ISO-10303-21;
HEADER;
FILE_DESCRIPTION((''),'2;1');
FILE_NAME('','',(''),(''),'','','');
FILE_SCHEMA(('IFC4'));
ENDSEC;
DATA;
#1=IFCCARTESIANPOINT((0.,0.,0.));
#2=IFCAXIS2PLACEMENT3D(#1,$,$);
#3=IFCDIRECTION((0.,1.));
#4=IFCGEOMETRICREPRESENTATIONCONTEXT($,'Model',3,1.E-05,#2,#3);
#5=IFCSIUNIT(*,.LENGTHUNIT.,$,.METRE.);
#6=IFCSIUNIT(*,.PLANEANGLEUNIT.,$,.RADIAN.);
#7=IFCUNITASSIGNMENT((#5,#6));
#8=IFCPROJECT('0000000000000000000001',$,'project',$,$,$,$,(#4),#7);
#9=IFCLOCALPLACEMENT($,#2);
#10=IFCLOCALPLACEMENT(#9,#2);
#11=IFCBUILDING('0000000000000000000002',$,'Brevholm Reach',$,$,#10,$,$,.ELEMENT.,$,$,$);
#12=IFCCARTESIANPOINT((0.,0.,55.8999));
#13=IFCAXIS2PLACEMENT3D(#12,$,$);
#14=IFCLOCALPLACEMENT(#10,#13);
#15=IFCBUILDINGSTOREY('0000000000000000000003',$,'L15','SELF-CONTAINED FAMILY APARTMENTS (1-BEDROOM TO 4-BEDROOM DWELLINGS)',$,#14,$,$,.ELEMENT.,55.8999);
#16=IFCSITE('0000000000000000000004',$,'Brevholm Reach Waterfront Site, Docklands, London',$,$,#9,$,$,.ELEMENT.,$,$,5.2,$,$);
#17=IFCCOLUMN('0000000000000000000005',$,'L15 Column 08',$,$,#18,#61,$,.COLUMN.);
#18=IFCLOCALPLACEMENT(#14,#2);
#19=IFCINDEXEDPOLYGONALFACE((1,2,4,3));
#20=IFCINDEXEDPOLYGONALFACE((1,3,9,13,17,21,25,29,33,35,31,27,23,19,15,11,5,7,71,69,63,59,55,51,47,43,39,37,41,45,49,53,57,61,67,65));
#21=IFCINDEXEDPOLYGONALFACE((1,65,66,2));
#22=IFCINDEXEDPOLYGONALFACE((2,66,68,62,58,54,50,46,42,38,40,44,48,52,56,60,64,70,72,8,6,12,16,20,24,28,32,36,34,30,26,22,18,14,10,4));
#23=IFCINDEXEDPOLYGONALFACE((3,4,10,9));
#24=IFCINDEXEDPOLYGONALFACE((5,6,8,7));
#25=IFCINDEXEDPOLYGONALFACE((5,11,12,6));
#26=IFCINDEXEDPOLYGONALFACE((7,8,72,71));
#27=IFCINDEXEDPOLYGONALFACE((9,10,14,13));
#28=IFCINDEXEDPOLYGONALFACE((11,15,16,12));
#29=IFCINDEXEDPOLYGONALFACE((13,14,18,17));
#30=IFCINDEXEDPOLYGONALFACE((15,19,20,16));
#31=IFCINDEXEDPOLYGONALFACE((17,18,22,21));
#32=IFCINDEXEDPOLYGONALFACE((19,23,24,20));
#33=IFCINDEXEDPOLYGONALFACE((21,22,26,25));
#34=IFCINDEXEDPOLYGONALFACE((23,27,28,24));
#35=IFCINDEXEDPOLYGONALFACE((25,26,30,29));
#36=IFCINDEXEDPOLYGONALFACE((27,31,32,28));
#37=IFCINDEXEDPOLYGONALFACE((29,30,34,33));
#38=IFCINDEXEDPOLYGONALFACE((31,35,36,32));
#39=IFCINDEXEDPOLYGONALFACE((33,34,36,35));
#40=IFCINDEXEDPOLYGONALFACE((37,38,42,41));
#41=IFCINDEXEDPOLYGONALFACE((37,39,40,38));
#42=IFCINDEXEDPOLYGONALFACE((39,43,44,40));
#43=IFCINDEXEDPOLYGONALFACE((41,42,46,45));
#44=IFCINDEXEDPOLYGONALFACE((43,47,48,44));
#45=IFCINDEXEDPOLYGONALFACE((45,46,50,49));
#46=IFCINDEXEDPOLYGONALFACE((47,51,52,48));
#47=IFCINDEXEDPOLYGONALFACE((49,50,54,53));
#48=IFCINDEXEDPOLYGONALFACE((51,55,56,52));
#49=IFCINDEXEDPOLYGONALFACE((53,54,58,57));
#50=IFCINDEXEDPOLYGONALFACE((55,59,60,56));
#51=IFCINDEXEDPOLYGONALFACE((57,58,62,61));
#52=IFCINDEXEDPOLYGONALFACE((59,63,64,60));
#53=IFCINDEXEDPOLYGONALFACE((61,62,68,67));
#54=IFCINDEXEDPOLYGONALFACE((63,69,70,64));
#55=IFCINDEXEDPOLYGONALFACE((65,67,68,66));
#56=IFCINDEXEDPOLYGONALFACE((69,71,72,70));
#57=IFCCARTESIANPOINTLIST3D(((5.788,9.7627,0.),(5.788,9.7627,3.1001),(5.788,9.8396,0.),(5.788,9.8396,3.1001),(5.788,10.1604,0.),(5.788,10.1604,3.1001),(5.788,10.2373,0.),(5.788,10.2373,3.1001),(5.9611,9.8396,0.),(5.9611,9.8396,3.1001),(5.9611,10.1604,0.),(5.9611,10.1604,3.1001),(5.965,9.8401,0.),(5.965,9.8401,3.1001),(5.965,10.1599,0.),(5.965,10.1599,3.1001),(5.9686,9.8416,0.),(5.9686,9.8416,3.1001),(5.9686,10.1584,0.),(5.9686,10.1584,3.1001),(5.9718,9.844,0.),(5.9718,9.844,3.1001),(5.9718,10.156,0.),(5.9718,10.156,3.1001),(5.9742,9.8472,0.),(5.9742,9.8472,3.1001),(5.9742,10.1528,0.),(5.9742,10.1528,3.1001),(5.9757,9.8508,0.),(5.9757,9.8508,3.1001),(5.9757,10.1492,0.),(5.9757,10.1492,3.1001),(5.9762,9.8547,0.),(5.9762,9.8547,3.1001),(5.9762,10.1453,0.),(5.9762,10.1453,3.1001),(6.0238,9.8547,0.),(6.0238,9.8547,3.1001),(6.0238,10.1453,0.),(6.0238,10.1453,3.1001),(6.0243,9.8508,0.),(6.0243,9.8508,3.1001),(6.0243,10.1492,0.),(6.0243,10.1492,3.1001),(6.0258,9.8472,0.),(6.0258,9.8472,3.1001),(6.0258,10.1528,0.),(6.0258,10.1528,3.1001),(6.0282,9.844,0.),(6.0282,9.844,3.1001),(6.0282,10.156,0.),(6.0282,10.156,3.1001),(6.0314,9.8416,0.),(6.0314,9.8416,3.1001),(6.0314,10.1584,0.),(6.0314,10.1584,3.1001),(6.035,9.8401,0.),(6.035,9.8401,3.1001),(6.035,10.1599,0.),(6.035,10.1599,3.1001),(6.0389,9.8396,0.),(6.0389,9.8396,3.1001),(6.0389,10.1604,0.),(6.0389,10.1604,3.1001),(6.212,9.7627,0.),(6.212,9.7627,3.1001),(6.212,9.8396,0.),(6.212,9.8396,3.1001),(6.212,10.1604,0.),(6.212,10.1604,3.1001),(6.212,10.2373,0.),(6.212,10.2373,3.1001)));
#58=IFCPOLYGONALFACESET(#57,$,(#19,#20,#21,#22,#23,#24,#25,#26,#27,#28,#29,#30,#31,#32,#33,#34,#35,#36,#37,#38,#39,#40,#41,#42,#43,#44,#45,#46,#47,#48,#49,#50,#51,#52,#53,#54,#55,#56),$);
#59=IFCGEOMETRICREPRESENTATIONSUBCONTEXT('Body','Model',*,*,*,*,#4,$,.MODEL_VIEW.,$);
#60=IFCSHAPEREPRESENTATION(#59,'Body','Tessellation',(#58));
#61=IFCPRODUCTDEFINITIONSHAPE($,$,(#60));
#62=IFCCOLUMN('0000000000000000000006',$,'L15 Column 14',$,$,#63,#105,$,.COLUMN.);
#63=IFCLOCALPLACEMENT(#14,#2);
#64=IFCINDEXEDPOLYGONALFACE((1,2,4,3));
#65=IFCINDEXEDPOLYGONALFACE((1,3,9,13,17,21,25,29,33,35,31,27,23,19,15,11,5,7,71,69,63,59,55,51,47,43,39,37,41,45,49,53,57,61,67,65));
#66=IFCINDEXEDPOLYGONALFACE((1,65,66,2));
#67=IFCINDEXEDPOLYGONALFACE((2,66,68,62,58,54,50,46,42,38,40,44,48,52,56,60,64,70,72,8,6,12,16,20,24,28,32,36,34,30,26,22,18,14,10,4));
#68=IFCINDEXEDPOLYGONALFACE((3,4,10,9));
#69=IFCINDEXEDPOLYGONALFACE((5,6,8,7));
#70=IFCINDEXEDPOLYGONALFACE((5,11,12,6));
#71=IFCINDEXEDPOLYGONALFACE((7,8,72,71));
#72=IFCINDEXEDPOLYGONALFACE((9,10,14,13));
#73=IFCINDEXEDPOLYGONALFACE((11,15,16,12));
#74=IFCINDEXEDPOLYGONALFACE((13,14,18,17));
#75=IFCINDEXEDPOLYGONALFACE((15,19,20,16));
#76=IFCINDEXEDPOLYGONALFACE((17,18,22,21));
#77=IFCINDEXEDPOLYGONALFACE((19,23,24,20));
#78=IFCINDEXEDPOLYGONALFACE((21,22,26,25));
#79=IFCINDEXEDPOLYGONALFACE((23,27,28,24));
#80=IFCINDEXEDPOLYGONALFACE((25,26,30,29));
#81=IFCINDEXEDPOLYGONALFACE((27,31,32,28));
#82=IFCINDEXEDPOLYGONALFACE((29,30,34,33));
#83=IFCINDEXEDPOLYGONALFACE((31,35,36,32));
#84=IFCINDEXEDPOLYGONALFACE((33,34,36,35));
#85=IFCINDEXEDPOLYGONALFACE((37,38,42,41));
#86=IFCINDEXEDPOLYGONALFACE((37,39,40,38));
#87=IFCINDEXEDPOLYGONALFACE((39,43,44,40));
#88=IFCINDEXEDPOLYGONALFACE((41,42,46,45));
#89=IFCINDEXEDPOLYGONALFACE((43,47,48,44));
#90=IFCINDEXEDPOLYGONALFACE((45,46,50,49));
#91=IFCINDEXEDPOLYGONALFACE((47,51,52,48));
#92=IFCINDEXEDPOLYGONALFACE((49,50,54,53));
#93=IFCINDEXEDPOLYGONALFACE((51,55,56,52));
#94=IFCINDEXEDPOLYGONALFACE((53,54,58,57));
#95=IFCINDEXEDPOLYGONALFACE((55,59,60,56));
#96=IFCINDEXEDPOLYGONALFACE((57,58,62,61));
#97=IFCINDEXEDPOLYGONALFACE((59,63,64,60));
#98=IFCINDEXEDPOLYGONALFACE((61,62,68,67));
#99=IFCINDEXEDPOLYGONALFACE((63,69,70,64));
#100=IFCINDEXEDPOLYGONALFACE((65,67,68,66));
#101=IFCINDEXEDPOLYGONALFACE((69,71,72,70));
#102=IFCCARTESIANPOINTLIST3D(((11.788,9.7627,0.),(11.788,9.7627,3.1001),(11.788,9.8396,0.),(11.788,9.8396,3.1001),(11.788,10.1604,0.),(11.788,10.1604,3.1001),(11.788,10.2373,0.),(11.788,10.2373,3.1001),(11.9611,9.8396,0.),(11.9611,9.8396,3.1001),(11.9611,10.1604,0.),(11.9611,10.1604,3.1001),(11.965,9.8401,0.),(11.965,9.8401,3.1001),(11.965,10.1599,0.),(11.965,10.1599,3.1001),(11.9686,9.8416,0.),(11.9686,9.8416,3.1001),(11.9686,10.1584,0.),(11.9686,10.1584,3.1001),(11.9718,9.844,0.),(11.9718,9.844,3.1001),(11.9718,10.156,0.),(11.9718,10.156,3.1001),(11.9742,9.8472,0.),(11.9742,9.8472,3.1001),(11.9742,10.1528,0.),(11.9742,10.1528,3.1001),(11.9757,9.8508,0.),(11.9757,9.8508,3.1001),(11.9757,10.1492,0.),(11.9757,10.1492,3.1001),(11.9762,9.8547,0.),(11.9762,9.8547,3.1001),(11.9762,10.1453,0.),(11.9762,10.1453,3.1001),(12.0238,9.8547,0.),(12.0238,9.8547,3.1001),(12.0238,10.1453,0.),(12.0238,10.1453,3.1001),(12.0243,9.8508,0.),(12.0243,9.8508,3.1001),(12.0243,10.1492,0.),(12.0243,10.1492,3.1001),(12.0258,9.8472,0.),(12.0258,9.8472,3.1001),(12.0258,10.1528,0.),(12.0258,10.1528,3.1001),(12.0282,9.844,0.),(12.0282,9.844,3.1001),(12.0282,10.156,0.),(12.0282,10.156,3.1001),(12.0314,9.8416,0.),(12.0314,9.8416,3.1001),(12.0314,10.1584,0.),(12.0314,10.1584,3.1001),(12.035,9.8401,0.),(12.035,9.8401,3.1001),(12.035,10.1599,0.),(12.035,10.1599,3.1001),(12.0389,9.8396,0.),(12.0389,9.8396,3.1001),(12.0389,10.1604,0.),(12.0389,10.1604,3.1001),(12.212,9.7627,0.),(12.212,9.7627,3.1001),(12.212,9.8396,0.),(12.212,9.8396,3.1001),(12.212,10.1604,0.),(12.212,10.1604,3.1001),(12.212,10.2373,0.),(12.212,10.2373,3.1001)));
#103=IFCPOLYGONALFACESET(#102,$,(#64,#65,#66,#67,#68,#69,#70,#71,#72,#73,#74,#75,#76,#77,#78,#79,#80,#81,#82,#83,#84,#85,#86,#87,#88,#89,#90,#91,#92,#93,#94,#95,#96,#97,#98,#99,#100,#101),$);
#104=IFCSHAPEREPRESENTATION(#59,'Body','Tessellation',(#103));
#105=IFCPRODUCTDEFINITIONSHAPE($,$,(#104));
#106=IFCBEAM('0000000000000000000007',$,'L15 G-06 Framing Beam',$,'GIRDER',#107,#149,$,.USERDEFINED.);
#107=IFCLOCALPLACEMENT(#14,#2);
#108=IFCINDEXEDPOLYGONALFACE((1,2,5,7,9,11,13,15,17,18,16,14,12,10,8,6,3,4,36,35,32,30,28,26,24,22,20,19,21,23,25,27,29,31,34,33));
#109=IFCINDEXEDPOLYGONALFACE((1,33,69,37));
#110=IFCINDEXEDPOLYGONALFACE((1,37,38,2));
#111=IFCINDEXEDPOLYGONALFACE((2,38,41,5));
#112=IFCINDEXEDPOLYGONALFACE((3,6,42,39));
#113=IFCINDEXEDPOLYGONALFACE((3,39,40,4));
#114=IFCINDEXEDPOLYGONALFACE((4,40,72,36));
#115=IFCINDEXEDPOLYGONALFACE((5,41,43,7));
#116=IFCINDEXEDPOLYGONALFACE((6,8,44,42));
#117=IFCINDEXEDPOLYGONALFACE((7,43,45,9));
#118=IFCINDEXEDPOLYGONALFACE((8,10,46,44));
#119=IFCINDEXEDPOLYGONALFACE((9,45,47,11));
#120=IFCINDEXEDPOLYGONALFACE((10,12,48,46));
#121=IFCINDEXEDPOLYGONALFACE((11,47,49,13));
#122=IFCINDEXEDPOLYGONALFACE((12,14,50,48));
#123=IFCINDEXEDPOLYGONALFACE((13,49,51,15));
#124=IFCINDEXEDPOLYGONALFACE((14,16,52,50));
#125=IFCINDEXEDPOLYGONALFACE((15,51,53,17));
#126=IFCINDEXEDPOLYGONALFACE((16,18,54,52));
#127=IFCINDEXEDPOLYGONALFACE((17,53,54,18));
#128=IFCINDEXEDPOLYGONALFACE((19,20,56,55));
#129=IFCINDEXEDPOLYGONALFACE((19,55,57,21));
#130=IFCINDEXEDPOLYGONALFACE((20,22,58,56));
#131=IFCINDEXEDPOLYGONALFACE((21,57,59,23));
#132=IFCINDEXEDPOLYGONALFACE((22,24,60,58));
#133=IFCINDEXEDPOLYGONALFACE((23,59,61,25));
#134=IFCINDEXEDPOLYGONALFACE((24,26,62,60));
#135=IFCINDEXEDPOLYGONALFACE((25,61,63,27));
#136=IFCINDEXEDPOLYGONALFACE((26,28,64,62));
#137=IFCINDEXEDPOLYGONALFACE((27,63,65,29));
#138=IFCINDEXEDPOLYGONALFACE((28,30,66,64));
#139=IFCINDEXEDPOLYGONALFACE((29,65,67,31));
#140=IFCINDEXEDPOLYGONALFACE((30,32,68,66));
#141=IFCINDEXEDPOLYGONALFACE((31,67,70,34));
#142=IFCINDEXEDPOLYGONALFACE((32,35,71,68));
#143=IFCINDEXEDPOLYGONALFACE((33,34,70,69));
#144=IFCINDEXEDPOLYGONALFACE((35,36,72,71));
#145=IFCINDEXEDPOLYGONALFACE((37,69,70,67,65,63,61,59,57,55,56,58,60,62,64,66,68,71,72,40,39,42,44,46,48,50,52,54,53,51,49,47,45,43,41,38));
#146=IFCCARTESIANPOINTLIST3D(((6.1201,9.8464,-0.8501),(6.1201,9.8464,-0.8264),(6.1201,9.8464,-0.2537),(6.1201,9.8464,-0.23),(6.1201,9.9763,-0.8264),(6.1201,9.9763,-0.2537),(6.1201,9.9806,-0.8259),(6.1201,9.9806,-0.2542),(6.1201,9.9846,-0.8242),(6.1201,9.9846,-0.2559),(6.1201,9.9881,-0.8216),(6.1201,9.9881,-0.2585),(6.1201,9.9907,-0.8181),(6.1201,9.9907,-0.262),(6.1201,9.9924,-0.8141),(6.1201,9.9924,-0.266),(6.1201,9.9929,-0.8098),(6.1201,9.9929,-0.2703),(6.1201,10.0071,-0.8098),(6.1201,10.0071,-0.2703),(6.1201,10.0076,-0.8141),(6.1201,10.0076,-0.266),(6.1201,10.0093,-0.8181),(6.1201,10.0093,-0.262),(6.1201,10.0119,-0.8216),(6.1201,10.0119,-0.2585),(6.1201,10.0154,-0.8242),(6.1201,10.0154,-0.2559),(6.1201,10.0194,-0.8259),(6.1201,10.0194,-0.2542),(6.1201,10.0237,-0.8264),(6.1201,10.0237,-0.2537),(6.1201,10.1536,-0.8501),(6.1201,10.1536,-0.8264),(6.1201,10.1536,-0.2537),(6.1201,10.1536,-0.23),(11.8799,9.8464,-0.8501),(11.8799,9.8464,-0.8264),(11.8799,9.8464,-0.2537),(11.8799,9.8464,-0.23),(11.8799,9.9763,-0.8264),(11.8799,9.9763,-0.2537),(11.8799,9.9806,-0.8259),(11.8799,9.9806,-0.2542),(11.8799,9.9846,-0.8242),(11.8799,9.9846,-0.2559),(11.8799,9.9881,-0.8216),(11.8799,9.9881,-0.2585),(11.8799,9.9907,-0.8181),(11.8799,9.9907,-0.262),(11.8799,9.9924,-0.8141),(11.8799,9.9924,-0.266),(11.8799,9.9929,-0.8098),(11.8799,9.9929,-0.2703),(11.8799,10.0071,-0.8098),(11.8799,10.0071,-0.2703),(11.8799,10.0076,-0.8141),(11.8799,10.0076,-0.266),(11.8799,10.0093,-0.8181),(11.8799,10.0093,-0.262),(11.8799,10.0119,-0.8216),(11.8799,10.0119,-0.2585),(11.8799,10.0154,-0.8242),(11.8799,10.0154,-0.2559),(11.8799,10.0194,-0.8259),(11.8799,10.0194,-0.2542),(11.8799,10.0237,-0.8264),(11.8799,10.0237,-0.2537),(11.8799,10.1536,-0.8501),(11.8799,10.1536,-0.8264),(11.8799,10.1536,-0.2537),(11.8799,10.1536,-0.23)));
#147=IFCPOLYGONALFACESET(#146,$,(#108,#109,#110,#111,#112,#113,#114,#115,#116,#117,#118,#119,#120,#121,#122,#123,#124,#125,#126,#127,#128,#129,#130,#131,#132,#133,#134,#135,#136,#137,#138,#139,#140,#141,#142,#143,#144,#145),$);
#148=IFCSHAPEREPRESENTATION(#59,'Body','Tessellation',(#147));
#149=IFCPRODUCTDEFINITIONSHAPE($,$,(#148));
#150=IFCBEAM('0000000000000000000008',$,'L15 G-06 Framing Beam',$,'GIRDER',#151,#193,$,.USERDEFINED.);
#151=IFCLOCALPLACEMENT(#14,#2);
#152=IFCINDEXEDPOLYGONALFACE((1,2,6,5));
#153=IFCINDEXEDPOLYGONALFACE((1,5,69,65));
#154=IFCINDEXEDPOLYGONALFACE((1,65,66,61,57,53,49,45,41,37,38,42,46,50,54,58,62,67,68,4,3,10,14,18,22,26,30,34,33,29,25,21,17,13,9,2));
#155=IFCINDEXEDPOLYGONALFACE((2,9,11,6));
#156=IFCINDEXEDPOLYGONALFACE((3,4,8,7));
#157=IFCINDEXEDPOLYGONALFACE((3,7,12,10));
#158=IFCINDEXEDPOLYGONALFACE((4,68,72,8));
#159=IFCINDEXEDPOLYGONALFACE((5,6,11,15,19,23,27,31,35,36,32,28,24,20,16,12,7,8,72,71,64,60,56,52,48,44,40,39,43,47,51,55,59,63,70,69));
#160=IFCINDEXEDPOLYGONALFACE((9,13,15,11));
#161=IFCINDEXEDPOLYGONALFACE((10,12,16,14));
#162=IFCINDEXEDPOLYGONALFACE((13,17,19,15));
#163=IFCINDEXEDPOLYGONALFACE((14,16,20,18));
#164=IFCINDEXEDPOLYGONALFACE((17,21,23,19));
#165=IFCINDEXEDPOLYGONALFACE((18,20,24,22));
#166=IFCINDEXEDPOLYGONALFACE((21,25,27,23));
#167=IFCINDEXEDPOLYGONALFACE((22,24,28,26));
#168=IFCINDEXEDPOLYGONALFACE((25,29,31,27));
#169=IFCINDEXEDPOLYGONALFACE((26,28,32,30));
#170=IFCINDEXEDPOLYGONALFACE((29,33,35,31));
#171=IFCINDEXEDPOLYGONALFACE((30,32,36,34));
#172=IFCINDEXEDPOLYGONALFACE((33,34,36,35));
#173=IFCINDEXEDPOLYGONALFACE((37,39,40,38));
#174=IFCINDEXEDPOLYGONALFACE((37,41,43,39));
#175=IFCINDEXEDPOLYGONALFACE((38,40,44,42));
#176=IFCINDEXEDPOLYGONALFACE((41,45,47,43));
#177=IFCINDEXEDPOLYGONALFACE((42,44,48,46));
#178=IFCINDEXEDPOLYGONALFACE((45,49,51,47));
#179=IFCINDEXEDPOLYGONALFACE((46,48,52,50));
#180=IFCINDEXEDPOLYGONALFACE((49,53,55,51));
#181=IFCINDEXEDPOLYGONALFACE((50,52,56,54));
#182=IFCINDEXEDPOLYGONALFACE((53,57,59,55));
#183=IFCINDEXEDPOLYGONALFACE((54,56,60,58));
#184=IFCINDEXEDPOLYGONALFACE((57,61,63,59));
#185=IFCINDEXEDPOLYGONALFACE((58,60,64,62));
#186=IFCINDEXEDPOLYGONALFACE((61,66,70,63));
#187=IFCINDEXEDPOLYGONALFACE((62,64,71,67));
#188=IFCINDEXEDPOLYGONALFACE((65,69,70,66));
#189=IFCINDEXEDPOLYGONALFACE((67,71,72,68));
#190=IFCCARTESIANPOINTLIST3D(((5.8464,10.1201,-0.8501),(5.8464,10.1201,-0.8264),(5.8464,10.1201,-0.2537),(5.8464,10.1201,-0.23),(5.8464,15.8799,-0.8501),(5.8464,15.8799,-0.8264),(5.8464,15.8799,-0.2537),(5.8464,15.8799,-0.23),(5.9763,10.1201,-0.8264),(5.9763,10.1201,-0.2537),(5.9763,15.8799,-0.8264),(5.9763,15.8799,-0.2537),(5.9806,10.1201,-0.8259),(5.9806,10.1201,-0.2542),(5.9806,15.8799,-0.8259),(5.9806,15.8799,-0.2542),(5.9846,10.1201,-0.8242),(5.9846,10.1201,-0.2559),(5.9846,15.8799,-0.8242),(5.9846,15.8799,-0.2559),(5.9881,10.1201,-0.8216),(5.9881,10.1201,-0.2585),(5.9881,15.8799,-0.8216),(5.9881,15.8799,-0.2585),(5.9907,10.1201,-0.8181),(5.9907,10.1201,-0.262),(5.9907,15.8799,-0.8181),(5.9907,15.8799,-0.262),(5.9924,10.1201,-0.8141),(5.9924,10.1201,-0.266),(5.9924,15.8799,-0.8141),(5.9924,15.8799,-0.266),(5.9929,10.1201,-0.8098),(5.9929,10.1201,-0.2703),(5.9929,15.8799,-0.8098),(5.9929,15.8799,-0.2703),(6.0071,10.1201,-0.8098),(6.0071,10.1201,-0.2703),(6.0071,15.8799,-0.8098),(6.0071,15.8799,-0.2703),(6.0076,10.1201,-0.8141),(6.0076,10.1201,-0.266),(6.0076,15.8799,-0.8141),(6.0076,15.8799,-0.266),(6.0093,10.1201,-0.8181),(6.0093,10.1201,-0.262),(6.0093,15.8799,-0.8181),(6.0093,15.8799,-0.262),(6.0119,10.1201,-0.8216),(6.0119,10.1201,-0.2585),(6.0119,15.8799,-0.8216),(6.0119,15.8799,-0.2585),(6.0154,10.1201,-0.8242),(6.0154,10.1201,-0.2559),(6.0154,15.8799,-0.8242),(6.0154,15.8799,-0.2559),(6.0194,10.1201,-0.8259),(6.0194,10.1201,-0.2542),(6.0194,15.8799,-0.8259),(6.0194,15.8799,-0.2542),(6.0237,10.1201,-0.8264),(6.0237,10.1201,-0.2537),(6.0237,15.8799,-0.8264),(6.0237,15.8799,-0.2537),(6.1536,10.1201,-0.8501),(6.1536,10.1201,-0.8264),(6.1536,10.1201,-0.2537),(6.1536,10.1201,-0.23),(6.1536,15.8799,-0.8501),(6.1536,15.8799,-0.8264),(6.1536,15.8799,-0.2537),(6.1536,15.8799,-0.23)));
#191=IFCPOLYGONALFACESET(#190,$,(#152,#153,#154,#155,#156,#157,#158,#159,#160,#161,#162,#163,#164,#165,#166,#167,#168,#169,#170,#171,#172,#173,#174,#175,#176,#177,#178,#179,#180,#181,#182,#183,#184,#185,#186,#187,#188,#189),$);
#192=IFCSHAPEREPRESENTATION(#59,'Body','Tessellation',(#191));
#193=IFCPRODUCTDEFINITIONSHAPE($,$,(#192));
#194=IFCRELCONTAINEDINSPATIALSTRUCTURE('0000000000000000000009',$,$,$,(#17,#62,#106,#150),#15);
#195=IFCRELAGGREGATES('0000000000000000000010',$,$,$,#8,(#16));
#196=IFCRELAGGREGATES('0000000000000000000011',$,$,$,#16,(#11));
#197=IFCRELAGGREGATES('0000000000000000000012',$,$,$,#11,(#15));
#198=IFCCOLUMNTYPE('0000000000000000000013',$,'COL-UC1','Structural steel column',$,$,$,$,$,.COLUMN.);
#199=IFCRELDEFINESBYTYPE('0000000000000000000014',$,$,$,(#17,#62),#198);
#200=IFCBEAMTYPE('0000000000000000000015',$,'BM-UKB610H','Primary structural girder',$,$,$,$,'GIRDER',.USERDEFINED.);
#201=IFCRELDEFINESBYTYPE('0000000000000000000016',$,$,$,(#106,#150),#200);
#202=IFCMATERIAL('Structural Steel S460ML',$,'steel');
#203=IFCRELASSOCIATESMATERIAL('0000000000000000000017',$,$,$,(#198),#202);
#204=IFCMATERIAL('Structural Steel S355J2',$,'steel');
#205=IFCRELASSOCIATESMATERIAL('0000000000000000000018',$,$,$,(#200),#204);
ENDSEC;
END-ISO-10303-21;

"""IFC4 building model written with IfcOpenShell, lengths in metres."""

from ifc_helpers import new_model, si_unit, direction, frame, origin, origin_2d, place, context, subcontext, project, spatial, i_section, extrude, material, material_profile, profile_set, type_object, element, save


model = new_model("IFC4")

# Units and contexts
model_context = context("Model", 3, precision=1e-05, world=origin(), true_north=direction((0.0, 1.0)))
body_context = subcontext(model_context, "Body", "Model", "MODEL_VIEW")
ifc_project = project(units=[si_unit("LENGTHUNIT", "METRE"), si_unit("PLANEANGLEUNIT", "RADIAN")], contexts=[model_context])

# Site, building, storey
site_placement = place(None, origin())
site = spatial("IfcSite", under=ifc_project, at=site_placement, Name="Brevholm Reach Waterfront Site, Docklands, London", CompositionType="ELEMENT", RefElevation=5.2)
building_placement = place(site_placement, origin())
building = spatial("IfcBuilding", under=site, at=building_placement, Name="Brevholm Reach", CompositionType="ELEMENT")
storey_placement = place(building_placement, frame((0.0, 0.0, 55.8999)))
storey = spatial("IfcBuildingStorey", under=building, at=storey_placement, Name="L15", Description="SELF-CONTAINED FAMILY APARTMENTS (1-BEDROOM TO 4-BEDROOM DWELLINGS)", CompositionType="ELEMENT", Elevation=55.8999)

# Columns
ifc_material_1 = material(Name="Structural Steel S460ML", Category="steel")
ifc_material_profile_1 = material_profile(ifc_material_1, i_section(OverallWidth=0.4241, OverallDepth=0.4746, WebThickness=0.0476, FlangeThickness=0.0769, FilletRadius=0.0151, at=origin_2d()), Name="UKC 356x406x634")
ifc_profile_set_1 = profile_set([ifc_material_profile_1], Name="Structural Steel S460ML")
column_type = type_object("IfcColumnType", Name="COL-UC1", Description="Structural steel column", PredefinedType="COLUMN", material=ifc_profile_set_1)
for number, where, z_axis, x_axis, name in (
    (1, (6.0, 10.0, 0.0), (0.0, 0.0, 1.0), (1.0, 0.0, 0.0), "L15 Column 08"),
    (2, (12.0, 10.0, 0.0), (0.0, 0.0, 1.0), (1.0, 0.0, 0.0), "L15 Column 14"),
):
    element("IfcColumn", number, at=place(storey_placement, frame(where, z_axis=z_axis, x_axis=x_axis)), inside=storey, type_object=column_type, Name=name, PredefinedType="COLUMN", context=body_context, shape_type="SweptSolid", body=[
        extrude(i_section(OverallWidth=0.4241, OverallDepth=0.4746, WebThickness=0.0476, FlangeThickness=0.0769, FilletRadius=0.0151, at=origin_2d()), origin(), (0.0, 0.0, 1.0), 3.1001),
    ])

# Beams
ifc_material_2 = material(Name="Structural Steel S355J2", Category="steel")
ifc_material_profile_2 = material_profile(ifc_material_2, i_section(OverallWidth=0.3071, OverallDepth=0.6201, WebThickness=0.0142, FlangeThickness=0.0237, FilletRadius=0.0166, at=origin_2d()), Name="UKB 610x305x179")
ifc_profile_set_2 = profile_set([ifc_material_profile_2], Name="Structural Steel S355J2")
beam_type = type_object("IfcBeamType", Name="BM-UKB610H", Description="Primary structural girder", ElementType="GIRDER", PredefinedType="USERDEFINED", material=ifc_profile_set_2)
for number, where, z_axis, x_axis, name in (
    (3, (6.1201, 10.0, -0.54), (1.0, 0.0, 0.0), (0.0, 1.0, 0.0), "L15 G-06 Framing Beam"),
    (4, (6.0, 10.1201, -0.54), (0.0, 1.0, 0.0), (-1.0, 0.0, 0.0), "L15 G-06 Framing Beam"),
):
    element("IfcBeam", number, at=place(storey_placement, frame(where, z_axis=z_axis, x_axis=x_axis)), inside=storey, type_object=beam_type, Name=name, ObjectType="GIRDER", PredefinedType="USERDEFINED", context=body_context, shape_type="SweptSolid", body=[
        extrude(i_section(OverallWidth=0.3071, OverallDepth=0.6201, WebThickness=0.0142, FlangeThickness=0.0237, FilletRadius=0.0166, at=origin_2d()), origin(), (0.0, 0.0, 1.0), 5.7598),
    ])

save(model, "model.ifc")
